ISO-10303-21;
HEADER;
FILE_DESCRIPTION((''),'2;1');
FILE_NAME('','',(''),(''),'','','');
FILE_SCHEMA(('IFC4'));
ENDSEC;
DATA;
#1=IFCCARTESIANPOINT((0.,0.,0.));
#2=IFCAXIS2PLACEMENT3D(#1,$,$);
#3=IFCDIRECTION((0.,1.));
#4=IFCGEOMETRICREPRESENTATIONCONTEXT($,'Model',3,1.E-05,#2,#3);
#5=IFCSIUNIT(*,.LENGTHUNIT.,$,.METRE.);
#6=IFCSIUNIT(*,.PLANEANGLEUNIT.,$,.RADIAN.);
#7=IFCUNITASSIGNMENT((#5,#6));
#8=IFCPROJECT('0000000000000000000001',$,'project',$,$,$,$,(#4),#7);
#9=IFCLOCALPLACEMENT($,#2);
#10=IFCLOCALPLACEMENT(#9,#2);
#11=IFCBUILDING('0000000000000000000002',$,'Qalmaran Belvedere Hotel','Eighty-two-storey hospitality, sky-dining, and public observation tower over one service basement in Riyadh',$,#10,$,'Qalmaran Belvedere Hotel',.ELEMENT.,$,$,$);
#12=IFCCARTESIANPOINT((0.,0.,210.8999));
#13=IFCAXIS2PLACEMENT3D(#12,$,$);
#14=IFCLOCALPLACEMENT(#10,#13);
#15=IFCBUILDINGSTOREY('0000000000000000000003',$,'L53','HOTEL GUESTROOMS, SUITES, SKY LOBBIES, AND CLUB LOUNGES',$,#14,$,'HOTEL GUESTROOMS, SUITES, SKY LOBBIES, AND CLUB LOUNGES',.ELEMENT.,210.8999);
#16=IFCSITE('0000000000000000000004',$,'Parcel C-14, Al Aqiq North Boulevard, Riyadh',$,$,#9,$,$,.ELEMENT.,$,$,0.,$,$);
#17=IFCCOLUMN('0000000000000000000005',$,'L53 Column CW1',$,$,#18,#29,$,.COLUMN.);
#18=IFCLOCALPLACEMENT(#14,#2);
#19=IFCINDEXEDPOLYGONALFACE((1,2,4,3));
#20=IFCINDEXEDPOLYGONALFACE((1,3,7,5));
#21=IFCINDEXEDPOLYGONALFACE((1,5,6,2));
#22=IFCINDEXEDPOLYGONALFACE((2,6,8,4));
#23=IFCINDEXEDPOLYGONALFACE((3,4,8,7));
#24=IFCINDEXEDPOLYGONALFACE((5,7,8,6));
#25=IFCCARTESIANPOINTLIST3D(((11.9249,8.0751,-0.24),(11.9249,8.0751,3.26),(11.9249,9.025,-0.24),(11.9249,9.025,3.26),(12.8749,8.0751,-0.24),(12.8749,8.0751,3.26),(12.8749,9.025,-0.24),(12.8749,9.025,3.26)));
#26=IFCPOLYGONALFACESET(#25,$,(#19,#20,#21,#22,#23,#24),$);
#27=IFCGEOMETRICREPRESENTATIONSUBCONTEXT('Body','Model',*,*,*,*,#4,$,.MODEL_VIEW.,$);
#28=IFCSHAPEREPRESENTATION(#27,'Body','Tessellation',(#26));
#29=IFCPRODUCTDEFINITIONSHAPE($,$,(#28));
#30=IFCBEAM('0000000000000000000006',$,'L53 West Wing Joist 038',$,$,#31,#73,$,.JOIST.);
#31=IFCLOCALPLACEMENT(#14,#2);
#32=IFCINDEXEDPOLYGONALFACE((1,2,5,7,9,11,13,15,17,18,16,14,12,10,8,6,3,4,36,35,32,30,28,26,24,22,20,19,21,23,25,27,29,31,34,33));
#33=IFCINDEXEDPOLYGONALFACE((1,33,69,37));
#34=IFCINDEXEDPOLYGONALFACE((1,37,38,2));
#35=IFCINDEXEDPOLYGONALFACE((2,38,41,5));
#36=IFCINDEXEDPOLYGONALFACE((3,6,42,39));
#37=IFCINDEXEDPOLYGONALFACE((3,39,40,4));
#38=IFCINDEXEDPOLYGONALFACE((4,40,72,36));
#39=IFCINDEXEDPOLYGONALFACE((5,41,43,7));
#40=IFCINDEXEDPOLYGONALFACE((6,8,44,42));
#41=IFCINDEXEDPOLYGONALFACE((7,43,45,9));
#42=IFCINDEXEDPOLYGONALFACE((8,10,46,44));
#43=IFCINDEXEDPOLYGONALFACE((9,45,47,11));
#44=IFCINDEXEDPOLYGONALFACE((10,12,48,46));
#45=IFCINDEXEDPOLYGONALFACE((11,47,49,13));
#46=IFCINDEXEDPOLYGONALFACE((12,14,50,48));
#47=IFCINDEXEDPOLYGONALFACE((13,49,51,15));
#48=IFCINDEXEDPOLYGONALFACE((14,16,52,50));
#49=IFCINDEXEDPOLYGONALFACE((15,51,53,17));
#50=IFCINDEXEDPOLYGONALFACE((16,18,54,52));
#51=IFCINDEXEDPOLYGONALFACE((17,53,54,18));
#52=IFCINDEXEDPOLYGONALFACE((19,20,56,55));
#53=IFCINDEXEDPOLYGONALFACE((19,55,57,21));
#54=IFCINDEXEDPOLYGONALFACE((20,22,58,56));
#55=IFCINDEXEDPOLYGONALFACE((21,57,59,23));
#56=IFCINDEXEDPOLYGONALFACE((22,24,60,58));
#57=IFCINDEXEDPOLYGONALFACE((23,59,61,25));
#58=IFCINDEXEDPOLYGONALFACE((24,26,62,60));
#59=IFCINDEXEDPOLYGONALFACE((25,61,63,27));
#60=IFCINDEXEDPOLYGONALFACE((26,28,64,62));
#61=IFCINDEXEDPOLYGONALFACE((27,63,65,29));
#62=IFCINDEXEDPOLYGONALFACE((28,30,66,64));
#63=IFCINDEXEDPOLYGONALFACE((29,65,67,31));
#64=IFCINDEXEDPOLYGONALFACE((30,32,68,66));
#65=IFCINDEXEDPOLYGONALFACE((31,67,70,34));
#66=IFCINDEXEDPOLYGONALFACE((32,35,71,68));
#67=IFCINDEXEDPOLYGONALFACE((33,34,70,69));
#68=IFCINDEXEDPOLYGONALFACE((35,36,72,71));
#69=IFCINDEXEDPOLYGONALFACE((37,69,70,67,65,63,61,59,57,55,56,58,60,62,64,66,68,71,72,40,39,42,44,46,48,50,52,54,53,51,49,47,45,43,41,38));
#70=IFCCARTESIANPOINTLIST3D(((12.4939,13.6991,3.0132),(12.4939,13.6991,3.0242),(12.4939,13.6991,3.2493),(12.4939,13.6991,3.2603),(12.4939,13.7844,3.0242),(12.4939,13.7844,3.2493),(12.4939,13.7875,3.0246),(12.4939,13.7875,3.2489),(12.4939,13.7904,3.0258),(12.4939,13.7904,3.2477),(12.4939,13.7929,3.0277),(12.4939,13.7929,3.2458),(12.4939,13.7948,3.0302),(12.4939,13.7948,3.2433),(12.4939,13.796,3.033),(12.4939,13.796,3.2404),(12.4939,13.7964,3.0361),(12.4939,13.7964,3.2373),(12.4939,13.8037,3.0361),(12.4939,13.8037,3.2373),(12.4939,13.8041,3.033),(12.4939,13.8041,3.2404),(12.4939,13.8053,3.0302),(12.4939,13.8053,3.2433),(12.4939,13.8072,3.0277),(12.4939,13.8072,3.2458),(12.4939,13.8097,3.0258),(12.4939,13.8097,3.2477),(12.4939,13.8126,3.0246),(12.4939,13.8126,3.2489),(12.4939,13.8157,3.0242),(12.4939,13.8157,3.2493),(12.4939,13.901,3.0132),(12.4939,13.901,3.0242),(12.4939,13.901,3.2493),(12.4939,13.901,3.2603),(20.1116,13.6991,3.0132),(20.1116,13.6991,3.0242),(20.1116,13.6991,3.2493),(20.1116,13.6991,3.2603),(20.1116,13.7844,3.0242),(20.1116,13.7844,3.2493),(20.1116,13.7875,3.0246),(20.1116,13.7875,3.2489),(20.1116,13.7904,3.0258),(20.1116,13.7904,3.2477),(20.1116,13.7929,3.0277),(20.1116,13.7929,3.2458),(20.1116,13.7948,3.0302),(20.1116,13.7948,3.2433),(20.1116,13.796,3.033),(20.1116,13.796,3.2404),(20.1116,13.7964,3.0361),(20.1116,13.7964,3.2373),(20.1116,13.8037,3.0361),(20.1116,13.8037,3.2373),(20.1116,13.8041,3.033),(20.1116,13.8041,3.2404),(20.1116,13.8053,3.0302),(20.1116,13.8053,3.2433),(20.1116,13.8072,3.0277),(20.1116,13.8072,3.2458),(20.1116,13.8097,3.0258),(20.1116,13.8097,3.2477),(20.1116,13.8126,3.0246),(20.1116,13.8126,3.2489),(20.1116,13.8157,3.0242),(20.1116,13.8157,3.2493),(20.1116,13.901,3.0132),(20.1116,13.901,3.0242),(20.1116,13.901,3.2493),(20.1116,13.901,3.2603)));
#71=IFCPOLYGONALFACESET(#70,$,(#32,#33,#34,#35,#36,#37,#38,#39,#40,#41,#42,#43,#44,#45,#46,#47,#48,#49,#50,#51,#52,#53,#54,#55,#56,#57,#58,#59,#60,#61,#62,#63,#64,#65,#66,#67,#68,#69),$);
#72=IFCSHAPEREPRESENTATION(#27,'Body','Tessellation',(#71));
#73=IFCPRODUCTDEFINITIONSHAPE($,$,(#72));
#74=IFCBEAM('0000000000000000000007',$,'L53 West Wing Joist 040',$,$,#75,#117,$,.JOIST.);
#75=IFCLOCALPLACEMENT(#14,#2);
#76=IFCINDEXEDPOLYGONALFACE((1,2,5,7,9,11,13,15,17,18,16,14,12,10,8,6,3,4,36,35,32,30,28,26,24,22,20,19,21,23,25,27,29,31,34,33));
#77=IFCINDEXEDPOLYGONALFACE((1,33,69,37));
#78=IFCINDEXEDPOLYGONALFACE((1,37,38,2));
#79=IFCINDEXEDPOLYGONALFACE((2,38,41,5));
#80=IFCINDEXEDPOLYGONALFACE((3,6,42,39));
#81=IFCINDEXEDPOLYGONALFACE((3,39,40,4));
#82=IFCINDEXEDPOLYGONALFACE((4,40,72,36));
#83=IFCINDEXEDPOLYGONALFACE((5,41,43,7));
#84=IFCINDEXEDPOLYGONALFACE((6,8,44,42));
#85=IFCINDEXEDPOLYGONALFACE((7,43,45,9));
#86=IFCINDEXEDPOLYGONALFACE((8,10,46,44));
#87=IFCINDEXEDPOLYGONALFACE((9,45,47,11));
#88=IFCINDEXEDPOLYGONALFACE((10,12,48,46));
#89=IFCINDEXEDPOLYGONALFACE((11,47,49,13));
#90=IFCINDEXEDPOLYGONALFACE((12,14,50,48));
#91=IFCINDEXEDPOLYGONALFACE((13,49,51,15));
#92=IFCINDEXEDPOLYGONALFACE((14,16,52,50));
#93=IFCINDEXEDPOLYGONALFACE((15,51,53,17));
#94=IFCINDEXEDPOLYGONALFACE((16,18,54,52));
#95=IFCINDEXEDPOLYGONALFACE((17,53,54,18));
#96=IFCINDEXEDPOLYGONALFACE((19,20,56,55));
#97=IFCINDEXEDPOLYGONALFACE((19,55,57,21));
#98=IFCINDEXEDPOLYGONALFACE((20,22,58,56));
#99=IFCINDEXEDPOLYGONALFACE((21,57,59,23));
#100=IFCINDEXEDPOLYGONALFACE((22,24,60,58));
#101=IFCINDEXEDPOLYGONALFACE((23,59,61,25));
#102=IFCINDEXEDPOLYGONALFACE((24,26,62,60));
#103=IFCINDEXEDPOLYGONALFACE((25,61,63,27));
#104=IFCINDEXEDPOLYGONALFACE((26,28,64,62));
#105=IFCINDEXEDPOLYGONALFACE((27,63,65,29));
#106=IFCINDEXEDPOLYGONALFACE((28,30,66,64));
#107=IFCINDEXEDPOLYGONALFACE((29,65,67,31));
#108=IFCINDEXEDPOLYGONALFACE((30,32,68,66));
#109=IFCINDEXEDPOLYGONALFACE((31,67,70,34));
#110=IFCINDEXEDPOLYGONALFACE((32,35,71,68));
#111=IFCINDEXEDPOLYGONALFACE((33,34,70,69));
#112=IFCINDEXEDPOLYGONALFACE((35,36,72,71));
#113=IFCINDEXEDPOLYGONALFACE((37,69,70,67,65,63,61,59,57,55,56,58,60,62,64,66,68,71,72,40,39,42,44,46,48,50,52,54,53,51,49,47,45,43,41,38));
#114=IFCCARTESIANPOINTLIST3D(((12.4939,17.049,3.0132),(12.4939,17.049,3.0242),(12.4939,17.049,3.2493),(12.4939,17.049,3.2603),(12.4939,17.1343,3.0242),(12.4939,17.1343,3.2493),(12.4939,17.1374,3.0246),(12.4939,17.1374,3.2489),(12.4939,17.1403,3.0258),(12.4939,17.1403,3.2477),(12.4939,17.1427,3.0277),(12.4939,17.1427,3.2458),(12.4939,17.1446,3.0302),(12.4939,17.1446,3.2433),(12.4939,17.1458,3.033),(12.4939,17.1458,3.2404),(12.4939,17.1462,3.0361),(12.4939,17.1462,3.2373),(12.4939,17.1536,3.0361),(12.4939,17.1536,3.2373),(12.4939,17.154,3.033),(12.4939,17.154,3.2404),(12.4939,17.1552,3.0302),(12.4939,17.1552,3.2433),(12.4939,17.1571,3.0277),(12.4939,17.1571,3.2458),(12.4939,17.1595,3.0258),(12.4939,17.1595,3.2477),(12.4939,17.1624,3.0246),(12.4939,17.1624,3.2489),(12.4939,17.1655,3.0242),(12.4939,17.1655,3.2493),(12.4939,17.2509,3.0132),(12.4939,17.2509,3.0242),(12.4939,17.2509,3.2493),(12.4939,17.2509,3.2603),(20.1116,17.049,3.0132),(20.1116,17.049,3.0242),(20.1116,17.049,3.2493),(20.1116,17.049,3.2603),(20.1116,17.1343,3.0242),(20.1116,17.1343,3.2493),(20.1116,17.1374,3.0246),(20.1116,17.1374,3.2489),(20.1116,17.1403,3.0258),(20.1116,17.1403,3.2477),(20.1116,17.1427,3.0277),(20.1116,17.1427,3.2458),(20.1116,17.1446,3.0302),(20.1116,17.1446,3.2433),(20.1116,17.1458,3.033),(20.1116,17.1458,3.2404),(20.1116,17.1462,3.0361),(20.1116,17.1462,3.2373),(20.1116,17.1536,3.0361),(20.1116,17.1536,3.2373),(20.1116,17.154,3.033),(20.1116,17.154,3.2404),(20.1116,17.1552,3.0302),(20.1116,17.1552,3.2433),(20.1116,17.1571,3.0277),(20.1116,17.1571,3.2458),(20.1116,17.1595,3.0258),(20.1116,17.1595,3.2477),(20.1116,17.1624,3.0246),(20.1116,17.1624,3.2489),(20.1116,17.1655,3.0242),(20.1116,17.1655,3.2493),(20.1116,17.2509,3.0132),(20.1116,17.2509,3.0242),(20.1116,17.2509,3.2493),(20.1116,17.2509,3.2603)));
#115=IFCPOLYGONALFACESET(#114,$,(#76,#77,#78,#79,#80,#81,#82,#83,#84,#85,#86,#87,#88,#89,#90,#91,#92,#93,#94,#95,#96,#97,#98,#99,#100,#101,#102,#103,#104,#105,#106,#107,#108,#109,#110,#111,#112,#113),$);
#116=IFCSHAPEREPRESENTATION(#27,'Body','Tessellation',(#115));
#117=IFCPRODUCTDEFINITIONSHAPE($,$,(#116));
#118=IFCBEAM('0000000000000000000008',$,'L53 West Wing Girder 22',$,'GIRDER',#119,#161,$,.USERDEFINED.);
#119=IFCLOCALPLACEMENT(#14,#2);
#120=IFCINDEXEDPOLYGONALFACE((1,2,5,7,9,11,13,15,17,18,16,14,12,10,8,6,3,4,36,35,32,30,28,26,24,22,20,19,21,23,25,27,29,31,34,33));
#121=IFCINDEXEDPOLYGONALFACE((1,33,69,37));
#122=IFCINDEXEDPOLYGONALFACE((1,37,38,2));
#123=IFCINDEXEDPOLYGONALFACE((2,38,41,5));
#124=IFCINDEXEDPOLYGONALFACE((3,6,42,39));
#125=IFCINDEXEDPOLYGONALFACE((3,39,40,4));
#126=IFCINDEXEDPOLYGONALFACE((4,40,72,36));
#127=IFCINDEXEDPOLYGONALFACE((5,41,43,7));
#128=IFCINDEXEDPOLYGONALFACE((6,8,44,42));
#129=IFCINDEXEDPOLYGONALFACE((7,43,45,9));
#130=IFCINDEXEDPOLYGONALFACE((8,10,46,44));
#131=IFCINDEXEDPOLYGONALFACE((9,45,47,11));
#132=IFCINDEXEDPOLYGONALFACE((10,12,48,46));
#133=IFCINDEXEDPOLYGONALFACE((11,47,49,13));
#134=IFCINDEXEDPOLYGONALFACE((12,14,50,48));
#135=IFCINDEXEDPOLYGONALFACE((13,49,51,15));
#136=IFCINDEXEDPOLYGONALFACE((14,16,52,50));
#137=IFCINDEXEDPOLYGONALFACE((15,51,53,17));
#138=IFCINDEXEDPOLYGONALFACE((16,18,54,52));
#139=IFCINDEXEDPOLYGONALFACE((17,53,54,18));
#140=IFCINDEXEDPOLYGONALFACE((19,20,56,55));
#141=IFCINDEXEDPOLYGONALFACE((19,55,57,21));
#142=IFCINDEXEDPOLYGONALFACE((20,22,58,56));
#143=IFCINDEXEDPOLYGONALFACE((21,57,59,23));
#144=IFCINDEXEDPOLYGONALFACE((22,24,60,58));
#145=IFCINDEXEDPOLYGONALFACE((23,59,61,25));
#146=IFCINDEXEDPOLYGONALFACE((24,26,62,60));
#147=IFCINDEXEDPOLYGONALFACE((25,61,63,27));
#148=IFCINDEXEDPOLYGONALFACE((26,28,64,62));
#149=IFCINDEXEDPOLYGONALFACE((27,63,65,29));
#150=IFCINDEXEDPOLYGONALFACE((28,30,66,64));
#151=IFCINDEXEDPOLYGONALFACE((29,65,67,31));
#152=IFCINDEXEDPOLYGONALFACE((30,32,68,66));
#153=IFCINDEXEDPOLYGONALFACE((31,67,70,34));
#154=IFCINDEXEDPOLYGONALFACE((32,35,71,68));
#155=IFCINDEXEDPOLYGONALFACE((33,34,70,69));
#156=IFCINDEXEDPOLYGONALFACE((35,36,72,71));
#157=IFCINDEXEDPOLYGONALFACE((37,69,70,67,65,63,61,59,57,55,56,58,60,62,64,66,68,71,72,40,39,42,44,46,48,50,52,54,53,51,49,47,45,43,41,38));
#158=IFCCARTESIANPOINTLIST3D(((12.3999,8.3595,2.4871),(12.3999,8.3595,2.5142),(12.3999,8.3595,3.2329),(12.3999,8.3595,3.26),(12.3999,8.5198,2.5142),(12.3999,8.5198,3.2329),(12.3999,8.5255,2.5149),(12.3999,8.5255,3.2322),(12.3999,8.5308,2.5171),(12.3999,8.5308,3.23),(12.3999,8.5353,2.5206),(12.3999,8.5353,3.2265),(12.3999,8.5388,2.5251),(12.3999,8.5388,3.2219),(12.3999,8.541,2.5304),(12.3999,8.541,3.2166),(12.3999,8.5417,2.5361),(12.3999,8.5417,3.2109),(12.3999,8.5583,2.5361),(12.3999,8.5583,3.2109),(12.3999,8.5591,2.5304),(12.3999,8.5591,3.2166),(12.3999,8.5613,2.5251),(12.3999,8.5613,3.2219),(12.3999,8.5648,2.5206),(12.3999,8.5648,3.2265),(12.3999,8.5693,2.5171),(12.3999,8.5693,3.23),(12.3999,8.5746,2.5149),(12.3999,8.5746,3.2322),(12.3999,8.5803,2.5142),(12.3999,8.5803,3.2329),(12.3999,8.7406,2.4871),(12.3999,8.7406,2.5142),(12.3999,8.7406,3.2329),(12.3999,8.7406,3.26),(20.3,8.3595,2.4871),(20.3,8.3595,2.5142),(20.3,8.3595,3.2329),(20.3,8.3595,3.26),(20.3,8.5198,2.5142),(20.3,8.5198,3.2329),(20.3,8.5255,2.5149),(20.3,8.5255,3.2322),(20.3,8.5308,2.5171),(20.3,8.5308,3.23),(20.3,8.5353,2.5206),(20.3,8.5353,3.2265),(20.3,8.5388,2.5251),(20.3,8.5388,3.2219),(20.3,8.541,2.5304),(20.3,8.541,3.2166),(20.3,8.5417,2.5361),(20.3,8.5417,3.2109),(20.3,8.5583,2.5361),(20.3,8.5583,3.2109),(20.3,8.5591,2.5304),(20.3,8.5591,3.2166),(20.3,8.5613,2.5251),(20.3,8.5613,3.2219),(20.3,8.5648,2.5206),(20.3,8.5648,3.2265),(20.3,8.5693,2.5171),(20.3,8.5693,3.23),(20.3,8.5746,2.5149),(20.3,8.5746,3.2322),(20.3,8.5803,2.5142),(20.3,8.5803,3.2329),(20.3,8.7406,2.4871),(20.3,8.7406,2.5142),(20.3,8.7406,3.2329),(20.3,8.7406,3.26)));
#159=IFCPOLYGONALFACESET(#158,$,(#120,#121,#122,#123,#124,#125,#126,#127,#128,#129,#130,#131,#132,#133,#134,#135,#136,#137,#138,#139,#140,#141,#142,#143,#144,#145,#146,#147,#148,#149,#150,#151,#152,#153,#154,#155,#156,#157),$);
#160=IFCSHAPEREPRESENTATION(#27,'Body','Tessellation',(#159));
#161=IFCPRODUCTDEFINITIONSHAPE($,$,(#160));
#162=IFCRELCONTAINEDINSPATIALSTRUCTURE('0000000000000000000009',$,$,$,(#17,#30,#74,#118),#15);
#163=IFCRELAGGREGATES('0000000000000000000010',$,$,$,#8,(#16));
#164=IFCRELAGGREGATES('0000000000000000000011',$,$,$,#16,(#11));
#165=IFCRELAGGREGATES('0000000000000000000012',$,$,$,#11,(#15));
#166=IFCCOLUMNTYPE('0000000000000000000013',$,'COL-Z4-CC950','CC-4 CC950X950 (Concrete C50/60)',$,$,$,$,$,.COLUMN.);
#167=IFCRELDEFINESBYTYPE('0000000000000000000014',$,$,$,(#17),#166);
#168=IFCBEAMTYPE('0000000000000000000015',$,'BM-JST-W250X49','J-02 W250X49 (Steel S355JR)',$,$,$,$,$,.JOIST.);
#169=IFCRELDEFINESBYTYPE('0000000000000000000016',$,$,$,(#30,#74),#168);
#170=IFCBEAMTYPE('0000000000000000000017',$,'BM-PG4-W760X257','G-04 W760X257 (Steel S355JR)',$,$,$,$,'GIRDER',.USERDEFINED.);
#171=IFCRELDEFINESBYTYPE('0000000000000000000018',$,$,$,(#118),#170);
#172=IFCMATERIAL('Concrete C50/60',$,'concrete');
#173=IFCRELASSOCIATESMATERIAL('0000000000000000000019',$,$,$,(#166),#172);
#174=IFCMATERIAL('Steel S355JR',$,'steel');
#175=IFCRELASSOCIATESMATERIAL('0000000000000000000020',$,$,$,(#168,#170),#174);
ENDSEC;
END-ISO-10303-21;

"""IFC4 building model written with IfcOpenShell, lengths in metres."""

from ifc_helpers import new_model, si_unit, direction, frame, origin, origin_2d, place, context, subcontext, project, spatial, rectangle, i_section, extrude, material, material_profile, profile_set, type_object, element, save


model = new_model("IFC4")

# Units and contexts
model_context = context("Model", 3, precision=1e-05, world=origin(), true_north=direction((0.0, 1.0)))
body_context = subcontext(model_context, "Body", "Model", "MODEL_VIEW")
ifc_project = project(units=[si_unit("LENGTHUNIT", "METRE"), si_unit("PLANEANGLEUNIT", "RADIAN")], contexts=[model_context])

# Site, building, storey
site_placement = place(None, origin())
site = spatial("IfcSite", under=ifc_project, at=site_placement, Name="Parcel C-14, Al Aqiq North Boulevard, Riyadh", CompositionType="ELEMENT", RefElevation=0.0)
building_placement = place(site_placement, origin())
building = spatial("IfcBuilding", under=site, at=building_placement, Name="Qalmaran Belvedere Hotel", Description="Eighty-two-storey hospitality, sky-dining, and public observation tower over one service basement in Riyadh", LongName="Qalmaran Belvedere Hotel", CompositionType="ELEMENT")
storey_placement = place(building_placement, frame((0.0, 0.0, 210.8999)))
storey = spatial("IfcBuildingStorey", under=building, at=storey_placement, Name="L53", Description="HOTEL GUESTROOMS, SUITES, SKY LOBBIES, AND CLUB LOUNGES", LongName="HOTEL GUESTROOMS, SUITES, SKY LOBBIES, AND CLUB LOUNGES", CompositionType="ELEMENT", Elevation=210.8999)

# Column
ifc_material_1 = material(Name="Concrete C50/60", Category="concrete")
ifc_material_profile_1 = material_profile(ifc_material_1, rectangle(XDim=0.95, YDim=0.95, at=origin_2d()), Name="CC950X950")
ifc_profile_set_1 = profile_set([ifc_material_profile_1], Name="Concrete C50/60")
column_type = type_object("IfcColumnType", Name="COL-Z4-CC950", Description="CC-4 CC950X950 (Concrete C50/60)", PredefinedType="COLUMN", material=ifc_profile_set_1)
column_placement = place(storey_placement, frame((12.3999, 8.55, -0.24), z_axis=(0.0, 0.0, 1.0), x_axis=(1.0, 0.0, 0.0)))
element("IfcColumn", 1, at=column_placement, inside=storey, type_object=column_type, Name="L53 Column CW1", PredefinedType="COLUMN", context=body_context, shape_type="SweptSolid", body=[
    extrude(rectangle(XDim=0.95, YDim=0.95, at=origin_2d()), origin(), (0.0, 0.0, 1.0), 3.5),
])

# Beams
ifc_material_2 = material(Name="Steel S355JR", Category="steel")
ifc_material_profile_2 = material_profile(ifc_material_2, i_section(OverallWidth=0.2019, OverallDepth=0.2471, WebThickness=0.0073, FlangeThickness=0.011, FilletRadius=0.012, at=origin_2d()), Name="W250X49")
ifc_profile_set_2 = profile_set([ifc_material_profile_2], Name="Steel S355JR")
beam_type_1 = type_object("IfcBeamType", Name="BM-JST-W250X49", Description="J-02 W250X49 (Steel S355JR)", PredefinedType="JOIST", material=ifc_profile_set_2)
for number, where, z_axis, x_axis, name in (
    (2, (12.4939, 13.8, 3.1367), (1.0, 0.0, 0.0), (0.0, 1.0, 0.0), "L53 West Wing Joist 038"),
    (3, (12.4939, 17.1499, 3.1367), (1.0, 0.0, 0.0), (0.0, 1.0, 0.0), "L53 West Wing Joist 040"),
):
    element("IfcBeam", number, at=place(storey_placement, frame(where, z_axis=z_axis, x_axis=x_axis)), inside=storey, type_object=beam_type_1, Name=name, PredefinedType="JOIST", context=body_context, shape_type="SweptSolid", body=[
        extrude(i_section(OverallWidth=0.2019, OverallDepth=0.2471, WebThickness=0.0073, FlangeThickness=0.011, FilletRadius=0.012, at=origin_2d()), origin(), (0.0, 0.0, 1.0), 7.6177),
    ])
ifc_material_profile_3 = material_profile(ifc_material_2, i_section(OverallWidth=0.3811, OverallDepth=0.7729, WebThickness=0.0166, FlangeThickness=0.0271, FilletRadius=0.022, at=origin_2d()), Name="W760X257")
ifc_profile_set_3 = profile_set([ifc_material_profile_3], Name="Steel S355JR")
beam_type_2 = type_object("IfcBeamType", Name="BM-PG4-W760X257", Description="G-04 W760X257 (Steel S355JR)", ElementType="GIRDER", PredefinedType="USERDEFINED", material=ifc_profile_set_3)
beam_1_placement = place(storey_placement, frame((12.3999, 8.55, 2.8735), z_axis=(1.0, 0.0, 0.0), x_axis=(0.0, 1.0, 0.0)))
element("IfcBeam", 4, at=beam_1_placement, inside=storey, type_object=beam_type_2, Name="L53 West Wing Girder 22", ObjectType="GIRDER", PredefinedType="USERDEFINED", context=body_context, shape_type="SweptSolid", body=[
    extrude(i_section(OverallWidth=0.3811, OverallDepth=0.7729, WebThickness=0.0166, FlangeThickness=0.0271, FilletRadius=0.022, at=origin_2d()), origin(), (0.0, 0.0, 1.0), 7.9001),
])

save(model, "model.ifc")
